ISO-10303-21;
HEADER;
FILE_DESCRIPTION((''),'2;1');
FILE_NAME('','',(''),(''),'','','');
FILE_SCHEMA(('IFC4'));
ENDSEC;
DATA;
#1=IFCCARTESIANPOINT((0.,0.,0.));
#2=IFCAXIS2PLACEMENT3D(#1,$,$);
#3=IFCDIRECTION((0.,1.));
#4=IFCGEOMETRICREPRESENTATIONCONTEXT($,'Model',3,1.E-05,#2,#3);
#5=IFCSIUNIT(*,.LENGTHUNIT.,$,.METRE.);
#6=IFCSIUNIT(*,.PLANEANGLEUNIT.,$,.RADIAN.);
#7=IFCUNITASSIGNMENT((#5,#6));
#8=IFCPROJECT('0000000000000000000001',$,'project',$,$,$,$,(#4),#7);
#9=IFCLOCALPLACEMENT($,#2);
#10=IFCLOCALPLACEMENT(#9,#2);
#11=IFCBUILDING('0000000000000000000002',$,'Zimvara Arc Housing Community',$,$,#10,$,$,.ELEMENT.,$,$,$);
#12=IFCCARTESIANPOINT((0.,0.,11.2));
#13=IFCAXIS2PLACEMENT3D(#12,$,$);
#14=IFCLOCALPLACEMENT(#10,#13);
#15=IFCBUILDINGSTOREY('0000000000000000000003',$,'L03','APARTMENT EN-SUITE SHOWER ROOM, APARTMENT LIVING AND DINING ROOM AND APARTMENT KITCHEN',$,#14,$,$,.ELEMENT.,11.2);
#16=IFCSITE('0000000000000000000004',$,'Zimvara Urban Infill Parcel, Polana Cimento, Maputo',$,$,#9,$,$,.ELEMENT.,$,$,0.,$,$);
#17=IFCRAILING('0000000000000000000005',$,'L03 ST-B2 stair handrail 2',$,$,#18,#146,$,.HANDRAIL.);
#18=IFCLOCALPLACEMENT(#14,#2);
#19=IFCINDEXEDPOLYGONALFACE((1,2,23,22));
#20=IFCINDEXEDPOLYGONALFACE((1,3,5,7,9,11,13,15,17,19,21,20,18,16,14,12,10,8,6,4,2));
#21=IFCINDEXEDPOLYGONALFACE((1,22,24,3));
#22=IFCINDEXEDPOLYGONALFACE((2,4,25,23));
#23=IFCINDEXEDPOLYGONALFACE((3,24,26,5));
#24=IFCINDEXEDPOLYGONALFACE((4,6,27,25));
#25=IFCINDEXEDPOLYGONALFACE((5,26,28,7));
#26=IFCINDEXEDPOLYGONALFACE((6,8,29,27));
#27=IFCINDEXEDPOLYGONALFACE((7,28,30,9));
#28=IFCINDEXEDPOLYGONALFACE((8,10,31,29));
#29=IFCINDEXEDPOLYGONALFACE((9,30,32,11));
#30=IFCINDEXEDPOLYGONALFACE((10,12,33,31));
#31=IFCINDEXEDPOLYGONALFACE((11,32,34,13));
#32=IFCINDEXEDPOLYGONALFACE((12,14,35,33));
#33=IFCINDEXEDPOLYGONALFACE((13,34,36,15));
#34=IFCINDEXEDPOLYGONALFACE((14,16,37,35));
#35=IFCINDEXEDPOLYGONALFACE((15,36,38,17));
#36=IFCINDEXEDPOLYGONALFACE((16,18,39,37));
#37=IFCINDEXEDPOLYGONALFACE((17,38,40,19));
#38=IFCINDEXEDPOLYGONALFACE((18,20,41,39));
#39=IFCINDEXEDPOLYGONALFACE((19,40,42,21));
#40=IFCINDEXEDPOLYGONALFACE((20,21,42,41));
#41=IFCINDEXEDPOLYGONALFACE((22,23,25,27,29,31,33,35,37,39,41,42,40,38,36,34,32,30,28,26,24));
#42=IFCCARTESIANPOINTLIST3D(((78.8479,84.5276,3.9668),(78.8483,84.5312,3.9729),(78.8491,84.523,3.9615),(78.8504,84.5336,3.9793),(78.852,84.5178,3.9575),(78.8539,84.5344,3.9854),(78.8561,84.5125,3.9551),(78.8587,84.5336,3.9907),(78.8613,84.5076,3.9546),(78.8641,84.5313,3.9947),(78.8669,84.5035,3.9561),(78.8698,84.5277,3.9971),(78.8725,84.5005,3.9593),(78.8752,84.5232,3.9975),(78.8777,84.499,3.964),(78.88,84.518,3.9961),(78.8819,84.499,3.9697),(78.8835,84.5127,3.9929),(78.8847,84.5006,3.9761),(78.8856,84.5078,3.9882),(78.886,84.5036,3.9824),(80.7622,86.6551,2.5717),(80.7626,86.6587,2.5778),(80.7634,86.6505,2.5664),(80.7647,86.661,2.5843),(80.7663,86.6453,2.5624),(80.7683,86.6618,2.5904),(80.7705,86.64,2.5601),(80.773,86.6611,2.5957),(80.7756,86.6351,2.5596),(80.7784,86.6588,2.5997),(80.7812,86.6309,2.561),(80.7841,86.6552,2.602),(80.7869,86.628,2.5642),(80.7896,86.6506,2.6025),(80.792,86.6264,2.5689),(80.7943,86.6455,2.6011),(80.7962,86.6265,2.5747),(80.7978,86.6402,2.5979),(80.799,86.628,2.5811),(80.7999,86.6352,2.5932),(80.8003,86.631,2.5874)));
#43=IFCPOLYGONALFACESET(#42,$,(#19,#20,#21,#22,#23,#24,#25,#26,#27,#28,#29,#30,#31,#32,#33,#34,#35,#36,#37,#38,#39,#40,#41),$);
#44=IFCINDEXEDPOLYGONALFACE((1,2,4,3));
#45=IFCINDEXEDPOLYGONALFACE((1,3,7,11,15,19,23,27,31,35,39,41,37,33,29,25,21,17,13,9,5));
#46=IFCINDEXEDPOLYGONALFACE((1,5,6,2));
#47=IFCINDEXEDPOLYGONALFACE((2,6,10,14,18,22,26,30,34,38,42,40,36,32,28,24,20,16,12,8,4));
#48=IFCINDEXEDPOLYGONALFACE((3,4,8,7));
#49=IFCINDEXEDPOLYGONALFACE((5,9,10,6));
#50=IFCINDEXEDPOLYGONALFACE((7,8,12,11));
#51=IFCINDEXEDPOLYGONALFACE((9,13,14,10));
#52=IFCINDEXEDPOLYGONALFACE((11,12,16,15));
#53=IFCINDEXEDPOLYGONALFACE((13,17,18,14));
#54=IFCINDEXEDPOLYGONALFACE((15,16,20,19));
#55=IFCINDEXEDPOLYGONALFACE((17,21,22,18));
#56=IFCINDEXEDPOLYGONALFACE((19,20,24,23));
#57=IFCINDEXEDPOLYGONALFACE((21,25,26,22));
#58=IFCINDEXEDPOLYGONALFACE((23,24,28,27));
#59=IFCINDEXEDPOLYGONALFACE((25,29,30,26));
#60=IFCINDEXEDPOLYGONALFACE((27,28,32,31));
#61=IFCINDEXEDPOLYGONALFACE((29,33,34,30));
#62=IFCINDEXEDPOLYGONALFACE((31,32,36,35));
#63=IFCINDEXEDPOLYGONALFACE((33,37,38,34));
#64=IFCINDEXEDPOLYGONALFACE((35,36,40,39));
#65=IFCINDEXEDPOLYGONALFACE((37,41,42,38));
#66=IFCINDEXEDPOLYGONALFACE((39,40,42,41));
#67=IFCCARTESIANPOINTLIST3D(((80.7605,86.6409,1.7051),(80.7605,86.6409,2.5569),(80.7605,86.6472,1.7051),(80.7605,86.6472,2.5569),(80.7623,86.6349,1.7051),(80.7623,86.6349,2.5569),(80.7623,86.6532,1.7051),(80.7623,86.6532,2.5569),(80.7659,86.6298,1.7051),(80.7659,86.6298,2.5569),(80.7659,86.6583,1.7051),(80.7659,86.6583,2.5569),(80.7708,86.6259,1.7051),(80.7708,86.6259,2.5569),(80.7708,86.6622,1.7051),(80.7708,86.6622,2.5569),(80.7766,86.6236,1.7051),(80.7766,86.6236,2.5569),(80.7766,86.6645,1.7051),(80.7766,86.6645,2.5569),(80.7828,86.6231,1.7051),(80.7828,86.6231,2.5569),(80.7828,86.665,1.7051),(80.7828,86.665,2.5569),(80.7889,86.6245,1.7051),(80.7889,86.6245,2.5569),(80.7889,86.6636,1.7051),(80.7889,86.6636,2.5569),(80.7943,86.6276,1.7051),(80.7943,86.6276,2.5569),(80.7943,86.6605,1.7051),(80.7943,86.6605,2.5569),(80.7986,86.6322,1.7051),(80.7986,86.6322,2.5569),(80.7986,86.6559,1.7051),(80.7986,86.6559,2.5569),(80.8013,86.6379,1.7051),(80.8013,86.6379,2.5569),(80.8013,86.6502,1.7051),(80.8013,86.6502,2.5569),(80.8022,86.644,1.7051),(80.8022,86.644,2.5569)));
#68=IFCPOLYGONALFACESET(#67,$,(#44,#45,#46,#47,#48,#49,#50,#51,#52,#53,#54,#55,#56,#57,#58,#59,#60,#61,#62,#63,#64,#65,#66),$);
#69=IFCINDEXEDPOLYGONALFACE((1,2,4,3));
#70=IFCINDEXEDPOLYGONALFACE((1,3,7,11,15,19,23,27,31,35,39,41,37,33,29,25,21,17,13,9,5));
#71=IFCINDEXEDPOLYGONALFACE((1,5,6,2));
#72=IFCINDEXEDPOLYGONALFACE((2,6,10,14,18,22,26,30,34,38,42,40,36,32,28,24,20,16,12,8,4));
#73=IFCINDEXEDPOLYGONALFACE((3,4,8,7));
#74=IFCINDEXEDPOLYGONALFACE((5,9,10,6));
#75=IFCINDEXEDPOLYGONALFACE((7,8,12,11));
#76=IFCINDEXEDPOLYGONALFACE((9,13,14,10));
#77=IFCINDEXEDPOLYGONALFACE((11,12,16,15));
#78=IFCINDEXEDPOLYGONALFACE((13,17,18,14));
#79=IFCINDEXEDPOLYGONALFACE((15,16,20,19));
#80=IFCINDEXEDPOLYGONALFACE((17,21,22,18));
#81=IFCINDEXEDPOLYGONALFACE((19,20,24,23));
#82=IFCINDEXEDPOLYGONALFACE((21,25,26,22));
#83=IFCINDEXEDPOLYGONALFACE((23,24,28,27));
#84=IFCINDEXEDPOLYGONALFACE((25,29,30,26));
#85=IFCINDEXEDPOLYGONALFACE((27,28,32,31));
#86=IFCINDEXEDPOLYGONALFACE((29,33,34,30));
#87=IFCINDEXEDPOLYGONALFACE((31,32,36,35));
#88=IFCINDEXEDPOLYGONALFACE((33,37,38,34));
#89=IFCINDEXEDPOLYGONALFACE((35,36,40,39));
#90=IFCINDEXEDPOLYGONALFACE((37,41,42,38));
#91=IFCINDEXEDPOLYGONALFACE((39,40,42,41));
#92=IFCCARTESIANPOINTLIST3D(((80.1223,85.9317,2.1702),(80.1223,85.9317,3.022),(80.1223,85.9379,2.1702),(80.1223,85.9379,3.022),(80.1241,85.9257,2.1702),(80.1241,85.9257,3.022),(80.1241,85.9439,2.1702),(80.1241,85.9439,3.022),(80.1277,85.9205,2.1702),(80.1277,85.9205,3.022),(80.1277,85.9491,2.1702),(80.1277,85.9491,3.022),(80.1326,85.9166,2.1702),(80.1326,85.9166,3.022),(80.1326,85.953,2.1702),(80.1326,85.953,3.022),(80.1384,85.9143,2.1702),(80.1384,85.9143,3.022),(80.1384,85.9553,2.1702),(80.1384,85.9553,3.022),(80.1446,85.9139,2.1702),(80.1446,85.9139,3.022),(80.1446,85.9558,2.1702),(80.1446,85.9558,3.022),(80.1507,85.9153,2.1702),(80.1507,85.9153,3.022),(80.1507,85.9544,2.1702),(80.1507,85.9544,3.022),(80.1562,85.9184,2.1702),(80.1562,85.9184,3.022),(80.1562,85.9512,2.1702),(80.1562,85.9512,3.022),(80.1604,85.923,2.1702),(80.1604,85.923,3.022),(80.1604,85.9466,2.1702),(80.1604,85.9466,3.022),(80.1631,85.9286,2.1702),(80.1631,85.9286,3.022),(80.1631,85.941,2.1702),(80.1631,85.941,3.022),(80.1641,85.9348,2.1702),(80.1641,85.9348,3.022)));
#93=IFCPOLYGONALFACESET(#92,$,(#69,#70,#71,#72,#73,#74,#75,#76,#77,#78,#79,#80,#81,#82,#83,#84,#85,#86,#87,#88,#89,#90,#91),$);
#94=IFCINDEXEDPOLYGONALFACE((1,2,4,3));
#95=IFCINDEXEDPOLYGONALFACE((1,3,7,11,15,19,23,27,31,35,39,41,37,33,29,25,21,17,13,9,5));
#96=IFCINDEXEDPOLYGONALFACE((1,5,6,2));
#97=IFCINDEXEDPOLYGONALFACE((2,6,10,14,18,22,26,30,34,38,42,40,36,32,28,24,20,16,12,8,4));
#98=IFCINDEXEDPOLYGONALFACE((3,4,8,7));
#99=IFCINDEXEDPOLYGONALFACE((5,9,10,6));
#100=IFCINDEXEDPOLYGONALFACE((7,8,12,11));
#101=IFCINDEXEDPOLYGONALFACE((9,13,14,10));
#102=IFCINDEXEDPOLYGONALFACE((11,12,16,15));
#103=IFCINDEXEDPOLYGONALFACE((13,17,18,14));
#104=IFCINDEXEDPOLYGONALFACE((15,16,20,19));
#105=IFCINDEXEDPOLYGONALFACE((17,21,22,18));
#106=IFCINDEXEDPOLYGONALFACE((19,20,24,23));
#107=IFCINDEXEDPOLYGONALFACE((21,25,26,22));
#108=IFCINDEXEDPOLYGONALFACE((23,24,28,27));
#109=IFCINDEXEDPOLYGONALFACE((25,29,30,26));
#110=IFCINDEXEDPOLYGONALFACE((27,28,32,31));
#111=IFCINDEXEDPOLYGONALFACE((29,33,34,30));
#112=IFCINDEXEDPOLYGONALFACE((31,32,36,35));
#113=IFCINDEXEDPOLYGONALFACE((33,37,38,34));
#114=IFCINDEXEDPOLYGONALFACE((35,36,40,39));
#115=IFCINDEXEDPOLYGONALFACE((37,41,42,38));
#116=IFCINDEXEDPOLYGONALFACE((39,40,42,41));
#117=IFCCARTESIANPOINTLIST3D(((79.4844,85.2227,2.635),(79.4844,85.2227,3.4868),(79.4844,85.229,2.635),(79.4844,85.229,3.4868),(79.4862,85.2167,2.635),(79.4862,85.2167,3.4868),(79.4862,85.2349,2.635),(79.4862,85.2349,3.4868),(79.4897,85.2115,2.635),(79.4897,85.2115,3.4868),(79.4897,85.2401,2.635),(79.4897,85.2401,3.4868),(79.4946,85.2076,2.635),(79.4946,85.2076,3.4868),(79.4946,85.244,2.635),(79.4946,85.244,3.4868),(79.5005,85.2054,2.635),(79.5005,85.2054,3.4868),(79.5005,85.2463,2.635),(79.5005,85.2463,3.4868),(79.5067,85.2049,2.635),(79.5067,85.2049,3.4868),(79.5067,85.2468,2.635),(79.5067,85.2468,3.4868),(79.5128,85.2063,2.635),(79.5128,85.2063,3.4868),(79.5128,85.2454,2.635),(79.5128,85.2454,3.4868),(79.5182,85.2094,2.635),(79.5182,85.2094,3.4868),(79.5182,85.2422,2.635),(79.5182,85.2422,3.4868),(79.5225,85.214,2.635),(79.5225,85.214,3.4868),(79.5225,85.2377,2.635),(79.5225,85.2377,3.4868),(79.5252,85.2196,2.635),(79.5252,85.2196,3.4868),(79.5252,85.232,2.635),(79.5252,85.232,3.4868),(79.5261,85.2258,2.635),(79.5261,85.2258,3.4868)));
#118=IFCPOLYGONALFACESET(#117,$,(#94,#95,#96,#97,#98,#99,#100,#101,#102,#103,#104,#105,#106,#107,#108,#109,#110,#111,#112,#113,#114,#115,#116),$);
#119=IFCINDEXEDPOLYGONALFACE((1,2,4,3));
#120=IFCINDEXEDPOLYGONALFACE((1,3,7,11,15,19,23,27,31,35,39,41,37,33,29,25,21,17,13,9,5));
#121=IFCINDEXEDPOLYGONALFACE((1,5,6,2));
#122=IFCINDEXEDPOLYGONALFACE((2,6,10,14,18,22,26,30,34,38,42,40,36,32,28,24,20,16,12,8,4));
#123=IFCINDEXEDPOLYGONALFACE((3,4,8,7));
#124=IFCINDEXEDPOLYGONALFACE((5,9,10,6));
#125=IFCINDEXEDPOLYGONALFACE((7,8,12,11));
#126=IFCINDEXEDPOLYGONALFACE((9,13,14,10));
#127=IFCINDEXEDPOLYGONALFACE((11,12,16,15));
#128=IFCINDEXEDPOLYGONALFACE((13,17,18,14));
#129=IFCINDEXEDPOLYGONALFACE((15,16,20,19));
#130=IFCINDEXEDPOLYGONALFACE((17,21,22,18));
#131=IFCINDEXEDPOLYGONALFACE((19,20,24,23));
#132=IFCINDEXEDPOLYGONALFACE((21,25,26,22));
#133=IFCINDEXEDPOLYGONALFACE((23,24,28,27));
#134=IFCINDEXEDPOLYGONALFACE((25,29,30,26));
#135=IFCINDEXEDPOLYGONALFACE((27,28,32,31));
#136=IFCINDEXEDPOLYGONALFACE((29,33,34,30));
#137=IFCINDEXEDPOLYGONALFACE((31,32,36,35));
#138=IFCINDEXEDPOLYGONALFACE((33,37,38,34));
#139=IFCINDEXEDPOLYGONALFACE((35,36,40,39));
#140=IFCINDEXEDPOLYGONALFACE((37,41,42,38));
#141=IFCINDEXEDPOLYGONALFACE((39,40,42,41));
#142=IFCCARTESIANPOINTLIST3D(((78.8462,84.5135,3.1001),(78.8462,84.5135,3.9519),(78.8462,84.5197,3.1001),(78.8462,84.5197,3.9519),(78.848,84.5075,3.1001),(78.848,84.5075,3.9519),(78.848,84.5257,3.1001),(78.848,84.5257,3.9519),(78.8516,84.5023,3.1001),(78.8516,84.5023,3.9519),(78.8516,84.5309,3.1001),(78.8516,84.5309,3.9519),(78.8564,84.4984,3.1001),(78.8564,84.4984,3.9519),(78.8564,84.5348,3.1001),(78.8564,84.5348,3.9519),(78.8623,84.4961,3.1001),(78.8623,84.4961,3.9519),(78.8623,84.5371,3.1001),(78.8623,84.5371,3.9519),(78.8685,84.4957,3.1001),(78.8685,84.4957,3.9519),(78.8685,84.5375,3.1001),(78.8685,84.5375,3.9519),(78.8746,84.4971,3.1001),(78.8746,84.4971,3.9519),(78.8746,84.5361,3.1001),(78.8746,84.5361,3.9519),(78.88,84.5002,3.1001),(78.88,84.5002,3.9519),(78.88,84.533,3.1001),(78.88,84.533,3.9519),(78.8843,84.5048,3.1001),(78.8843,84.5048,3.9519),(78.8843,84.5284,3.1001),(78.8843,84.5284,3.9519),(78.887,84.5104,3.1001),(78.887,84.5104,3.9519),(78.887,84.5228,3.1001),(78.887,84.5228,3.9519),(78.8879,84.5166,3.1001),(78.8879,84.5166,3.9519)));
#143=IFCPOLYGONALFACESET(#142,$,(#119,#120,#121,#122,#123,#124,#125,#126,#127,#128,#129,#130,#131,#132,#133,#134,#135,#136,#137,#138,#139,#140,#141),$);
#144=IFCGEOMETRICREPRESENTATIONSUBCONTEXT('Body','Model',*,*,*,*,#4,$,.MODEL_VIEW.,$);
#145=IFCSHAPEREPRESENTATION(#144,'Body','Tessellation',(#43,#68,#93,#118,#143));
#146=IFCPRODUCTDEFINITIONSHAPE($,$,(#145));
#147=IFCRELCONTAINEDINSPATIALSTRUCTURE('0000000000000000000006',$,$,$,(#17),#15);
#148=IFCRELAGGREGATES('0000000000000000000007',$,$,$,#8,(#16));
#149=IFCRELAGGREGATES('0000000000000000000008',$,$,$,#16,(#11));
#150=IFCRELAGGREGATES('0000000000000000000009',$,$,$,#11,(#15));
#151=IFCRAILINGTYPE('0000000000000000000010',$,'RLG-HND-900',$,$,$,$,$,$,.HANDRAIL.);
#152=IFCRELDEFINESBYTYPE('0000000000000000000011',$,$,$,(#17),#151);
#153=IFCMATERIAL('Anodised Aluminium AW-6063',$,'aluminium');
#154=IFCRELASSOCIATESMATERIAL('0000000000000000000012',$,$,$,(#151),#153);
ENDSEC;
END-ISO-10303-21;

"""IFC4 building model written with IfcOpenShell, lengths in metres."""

from ifc_helpers import new_model, si_unit, direction, frame, origin, origin_2d, place, context, subcontext, project, spatial, circle, extrude, material, type_object, element, save


model = new_model("IFC4")

# Units and contexts
model_context = context("Model", 3, precision=1e-05, world=origin(), true_north=direction((0.0, 1.0)))
body_context = subcontext(model_context, "Body", "Model", "MODEL_VIEW")
ifc_project = project(units=[si_unit("LENGTHUNIT", "METRE"), si_unit("PLANEANGLEUNIT", "RADIAN")], contexts=[model_context])

# Site, building, storey
site_placement = place(None, origin())
site = spatial("IfcSite", under=ifc_project, at=site_placement, Name="Zimvara Urban Infill Parcel, Polana Cimento, Maputo", CompositionType="ELEMENT", RefElevation=0.0)
building_placement = place(site_placement, origin())
building = spatial("IfcBuilding", under=site, at=building_placement, Name="Zimvara Arc Housing Community", CompositionType="ELEMENT")
storey_placement = place(building_placement, frame((0.0, 0.0, 11.2)))
storey = spatial("IfcBuildingStorey", under=building, at=storey_placement, Name="L03", Description="APARTMENT EN-SUITE SHOWER ROOM, APARTMENT LIVING AND DINING ROOM AND APARTMENT KITCHEN", CompositionType="ELEMENT", Elevation=11.2)

# Railing
ifc_material_1 = material(Name="Anodised Aluminium AW-6063", Category="aluminium")
railing_type_1 = type_object("IfcRailingType", Name="RLG-HND-900", PredefinedType="HANDRAIL", material=ifc_material_1)
railing_1_placement = place(storey_placement, frame((80.7812, 86.644, 1.7051)))
element("IfcRailing", 1, at=railing_1_placement, inside=storey, type_object=railing_type_1, Name="L03 ST-B2 stair handrail 2", PredefinedType="HANDRAIL", context=body_context, shape_type="SweptSolid", body=[
    extrude(circle(Radius=0.0239, at=origin_2d()), frame((0.0, 0.0, 0.876), z_axis=(-0.601263, -0.668206, 0.43816), x_axis=(0.743362, -0.668889, 0.0)), (0.0, 0.0, 1.0), 3.1838),
    extrude(circle(Radius=0.021, at=origin_2d()), origin(), (0.0, 0.0, 1.0), 0.8518),
    extrude(circle(Radius=0.021, at=origin_2d()), frame((-0.6382, -0.7092, 0.4651)), (0.0, 0.0, 1.0), 0.8518),
    extrude(circle(Radius=0.021, at=origin_2d()), frame((-1.2761, -1.4182, 0.9299)), (0.0, 0.0, 1.0), 0.8518),
    extrude(circle(Radius=0.021, at=origin_2d()), frame((-1.9143, -2.1274, 1.395)), (0.0, 0.0, 1.0), 0.8518),
])

save(model, "model.ifc")
